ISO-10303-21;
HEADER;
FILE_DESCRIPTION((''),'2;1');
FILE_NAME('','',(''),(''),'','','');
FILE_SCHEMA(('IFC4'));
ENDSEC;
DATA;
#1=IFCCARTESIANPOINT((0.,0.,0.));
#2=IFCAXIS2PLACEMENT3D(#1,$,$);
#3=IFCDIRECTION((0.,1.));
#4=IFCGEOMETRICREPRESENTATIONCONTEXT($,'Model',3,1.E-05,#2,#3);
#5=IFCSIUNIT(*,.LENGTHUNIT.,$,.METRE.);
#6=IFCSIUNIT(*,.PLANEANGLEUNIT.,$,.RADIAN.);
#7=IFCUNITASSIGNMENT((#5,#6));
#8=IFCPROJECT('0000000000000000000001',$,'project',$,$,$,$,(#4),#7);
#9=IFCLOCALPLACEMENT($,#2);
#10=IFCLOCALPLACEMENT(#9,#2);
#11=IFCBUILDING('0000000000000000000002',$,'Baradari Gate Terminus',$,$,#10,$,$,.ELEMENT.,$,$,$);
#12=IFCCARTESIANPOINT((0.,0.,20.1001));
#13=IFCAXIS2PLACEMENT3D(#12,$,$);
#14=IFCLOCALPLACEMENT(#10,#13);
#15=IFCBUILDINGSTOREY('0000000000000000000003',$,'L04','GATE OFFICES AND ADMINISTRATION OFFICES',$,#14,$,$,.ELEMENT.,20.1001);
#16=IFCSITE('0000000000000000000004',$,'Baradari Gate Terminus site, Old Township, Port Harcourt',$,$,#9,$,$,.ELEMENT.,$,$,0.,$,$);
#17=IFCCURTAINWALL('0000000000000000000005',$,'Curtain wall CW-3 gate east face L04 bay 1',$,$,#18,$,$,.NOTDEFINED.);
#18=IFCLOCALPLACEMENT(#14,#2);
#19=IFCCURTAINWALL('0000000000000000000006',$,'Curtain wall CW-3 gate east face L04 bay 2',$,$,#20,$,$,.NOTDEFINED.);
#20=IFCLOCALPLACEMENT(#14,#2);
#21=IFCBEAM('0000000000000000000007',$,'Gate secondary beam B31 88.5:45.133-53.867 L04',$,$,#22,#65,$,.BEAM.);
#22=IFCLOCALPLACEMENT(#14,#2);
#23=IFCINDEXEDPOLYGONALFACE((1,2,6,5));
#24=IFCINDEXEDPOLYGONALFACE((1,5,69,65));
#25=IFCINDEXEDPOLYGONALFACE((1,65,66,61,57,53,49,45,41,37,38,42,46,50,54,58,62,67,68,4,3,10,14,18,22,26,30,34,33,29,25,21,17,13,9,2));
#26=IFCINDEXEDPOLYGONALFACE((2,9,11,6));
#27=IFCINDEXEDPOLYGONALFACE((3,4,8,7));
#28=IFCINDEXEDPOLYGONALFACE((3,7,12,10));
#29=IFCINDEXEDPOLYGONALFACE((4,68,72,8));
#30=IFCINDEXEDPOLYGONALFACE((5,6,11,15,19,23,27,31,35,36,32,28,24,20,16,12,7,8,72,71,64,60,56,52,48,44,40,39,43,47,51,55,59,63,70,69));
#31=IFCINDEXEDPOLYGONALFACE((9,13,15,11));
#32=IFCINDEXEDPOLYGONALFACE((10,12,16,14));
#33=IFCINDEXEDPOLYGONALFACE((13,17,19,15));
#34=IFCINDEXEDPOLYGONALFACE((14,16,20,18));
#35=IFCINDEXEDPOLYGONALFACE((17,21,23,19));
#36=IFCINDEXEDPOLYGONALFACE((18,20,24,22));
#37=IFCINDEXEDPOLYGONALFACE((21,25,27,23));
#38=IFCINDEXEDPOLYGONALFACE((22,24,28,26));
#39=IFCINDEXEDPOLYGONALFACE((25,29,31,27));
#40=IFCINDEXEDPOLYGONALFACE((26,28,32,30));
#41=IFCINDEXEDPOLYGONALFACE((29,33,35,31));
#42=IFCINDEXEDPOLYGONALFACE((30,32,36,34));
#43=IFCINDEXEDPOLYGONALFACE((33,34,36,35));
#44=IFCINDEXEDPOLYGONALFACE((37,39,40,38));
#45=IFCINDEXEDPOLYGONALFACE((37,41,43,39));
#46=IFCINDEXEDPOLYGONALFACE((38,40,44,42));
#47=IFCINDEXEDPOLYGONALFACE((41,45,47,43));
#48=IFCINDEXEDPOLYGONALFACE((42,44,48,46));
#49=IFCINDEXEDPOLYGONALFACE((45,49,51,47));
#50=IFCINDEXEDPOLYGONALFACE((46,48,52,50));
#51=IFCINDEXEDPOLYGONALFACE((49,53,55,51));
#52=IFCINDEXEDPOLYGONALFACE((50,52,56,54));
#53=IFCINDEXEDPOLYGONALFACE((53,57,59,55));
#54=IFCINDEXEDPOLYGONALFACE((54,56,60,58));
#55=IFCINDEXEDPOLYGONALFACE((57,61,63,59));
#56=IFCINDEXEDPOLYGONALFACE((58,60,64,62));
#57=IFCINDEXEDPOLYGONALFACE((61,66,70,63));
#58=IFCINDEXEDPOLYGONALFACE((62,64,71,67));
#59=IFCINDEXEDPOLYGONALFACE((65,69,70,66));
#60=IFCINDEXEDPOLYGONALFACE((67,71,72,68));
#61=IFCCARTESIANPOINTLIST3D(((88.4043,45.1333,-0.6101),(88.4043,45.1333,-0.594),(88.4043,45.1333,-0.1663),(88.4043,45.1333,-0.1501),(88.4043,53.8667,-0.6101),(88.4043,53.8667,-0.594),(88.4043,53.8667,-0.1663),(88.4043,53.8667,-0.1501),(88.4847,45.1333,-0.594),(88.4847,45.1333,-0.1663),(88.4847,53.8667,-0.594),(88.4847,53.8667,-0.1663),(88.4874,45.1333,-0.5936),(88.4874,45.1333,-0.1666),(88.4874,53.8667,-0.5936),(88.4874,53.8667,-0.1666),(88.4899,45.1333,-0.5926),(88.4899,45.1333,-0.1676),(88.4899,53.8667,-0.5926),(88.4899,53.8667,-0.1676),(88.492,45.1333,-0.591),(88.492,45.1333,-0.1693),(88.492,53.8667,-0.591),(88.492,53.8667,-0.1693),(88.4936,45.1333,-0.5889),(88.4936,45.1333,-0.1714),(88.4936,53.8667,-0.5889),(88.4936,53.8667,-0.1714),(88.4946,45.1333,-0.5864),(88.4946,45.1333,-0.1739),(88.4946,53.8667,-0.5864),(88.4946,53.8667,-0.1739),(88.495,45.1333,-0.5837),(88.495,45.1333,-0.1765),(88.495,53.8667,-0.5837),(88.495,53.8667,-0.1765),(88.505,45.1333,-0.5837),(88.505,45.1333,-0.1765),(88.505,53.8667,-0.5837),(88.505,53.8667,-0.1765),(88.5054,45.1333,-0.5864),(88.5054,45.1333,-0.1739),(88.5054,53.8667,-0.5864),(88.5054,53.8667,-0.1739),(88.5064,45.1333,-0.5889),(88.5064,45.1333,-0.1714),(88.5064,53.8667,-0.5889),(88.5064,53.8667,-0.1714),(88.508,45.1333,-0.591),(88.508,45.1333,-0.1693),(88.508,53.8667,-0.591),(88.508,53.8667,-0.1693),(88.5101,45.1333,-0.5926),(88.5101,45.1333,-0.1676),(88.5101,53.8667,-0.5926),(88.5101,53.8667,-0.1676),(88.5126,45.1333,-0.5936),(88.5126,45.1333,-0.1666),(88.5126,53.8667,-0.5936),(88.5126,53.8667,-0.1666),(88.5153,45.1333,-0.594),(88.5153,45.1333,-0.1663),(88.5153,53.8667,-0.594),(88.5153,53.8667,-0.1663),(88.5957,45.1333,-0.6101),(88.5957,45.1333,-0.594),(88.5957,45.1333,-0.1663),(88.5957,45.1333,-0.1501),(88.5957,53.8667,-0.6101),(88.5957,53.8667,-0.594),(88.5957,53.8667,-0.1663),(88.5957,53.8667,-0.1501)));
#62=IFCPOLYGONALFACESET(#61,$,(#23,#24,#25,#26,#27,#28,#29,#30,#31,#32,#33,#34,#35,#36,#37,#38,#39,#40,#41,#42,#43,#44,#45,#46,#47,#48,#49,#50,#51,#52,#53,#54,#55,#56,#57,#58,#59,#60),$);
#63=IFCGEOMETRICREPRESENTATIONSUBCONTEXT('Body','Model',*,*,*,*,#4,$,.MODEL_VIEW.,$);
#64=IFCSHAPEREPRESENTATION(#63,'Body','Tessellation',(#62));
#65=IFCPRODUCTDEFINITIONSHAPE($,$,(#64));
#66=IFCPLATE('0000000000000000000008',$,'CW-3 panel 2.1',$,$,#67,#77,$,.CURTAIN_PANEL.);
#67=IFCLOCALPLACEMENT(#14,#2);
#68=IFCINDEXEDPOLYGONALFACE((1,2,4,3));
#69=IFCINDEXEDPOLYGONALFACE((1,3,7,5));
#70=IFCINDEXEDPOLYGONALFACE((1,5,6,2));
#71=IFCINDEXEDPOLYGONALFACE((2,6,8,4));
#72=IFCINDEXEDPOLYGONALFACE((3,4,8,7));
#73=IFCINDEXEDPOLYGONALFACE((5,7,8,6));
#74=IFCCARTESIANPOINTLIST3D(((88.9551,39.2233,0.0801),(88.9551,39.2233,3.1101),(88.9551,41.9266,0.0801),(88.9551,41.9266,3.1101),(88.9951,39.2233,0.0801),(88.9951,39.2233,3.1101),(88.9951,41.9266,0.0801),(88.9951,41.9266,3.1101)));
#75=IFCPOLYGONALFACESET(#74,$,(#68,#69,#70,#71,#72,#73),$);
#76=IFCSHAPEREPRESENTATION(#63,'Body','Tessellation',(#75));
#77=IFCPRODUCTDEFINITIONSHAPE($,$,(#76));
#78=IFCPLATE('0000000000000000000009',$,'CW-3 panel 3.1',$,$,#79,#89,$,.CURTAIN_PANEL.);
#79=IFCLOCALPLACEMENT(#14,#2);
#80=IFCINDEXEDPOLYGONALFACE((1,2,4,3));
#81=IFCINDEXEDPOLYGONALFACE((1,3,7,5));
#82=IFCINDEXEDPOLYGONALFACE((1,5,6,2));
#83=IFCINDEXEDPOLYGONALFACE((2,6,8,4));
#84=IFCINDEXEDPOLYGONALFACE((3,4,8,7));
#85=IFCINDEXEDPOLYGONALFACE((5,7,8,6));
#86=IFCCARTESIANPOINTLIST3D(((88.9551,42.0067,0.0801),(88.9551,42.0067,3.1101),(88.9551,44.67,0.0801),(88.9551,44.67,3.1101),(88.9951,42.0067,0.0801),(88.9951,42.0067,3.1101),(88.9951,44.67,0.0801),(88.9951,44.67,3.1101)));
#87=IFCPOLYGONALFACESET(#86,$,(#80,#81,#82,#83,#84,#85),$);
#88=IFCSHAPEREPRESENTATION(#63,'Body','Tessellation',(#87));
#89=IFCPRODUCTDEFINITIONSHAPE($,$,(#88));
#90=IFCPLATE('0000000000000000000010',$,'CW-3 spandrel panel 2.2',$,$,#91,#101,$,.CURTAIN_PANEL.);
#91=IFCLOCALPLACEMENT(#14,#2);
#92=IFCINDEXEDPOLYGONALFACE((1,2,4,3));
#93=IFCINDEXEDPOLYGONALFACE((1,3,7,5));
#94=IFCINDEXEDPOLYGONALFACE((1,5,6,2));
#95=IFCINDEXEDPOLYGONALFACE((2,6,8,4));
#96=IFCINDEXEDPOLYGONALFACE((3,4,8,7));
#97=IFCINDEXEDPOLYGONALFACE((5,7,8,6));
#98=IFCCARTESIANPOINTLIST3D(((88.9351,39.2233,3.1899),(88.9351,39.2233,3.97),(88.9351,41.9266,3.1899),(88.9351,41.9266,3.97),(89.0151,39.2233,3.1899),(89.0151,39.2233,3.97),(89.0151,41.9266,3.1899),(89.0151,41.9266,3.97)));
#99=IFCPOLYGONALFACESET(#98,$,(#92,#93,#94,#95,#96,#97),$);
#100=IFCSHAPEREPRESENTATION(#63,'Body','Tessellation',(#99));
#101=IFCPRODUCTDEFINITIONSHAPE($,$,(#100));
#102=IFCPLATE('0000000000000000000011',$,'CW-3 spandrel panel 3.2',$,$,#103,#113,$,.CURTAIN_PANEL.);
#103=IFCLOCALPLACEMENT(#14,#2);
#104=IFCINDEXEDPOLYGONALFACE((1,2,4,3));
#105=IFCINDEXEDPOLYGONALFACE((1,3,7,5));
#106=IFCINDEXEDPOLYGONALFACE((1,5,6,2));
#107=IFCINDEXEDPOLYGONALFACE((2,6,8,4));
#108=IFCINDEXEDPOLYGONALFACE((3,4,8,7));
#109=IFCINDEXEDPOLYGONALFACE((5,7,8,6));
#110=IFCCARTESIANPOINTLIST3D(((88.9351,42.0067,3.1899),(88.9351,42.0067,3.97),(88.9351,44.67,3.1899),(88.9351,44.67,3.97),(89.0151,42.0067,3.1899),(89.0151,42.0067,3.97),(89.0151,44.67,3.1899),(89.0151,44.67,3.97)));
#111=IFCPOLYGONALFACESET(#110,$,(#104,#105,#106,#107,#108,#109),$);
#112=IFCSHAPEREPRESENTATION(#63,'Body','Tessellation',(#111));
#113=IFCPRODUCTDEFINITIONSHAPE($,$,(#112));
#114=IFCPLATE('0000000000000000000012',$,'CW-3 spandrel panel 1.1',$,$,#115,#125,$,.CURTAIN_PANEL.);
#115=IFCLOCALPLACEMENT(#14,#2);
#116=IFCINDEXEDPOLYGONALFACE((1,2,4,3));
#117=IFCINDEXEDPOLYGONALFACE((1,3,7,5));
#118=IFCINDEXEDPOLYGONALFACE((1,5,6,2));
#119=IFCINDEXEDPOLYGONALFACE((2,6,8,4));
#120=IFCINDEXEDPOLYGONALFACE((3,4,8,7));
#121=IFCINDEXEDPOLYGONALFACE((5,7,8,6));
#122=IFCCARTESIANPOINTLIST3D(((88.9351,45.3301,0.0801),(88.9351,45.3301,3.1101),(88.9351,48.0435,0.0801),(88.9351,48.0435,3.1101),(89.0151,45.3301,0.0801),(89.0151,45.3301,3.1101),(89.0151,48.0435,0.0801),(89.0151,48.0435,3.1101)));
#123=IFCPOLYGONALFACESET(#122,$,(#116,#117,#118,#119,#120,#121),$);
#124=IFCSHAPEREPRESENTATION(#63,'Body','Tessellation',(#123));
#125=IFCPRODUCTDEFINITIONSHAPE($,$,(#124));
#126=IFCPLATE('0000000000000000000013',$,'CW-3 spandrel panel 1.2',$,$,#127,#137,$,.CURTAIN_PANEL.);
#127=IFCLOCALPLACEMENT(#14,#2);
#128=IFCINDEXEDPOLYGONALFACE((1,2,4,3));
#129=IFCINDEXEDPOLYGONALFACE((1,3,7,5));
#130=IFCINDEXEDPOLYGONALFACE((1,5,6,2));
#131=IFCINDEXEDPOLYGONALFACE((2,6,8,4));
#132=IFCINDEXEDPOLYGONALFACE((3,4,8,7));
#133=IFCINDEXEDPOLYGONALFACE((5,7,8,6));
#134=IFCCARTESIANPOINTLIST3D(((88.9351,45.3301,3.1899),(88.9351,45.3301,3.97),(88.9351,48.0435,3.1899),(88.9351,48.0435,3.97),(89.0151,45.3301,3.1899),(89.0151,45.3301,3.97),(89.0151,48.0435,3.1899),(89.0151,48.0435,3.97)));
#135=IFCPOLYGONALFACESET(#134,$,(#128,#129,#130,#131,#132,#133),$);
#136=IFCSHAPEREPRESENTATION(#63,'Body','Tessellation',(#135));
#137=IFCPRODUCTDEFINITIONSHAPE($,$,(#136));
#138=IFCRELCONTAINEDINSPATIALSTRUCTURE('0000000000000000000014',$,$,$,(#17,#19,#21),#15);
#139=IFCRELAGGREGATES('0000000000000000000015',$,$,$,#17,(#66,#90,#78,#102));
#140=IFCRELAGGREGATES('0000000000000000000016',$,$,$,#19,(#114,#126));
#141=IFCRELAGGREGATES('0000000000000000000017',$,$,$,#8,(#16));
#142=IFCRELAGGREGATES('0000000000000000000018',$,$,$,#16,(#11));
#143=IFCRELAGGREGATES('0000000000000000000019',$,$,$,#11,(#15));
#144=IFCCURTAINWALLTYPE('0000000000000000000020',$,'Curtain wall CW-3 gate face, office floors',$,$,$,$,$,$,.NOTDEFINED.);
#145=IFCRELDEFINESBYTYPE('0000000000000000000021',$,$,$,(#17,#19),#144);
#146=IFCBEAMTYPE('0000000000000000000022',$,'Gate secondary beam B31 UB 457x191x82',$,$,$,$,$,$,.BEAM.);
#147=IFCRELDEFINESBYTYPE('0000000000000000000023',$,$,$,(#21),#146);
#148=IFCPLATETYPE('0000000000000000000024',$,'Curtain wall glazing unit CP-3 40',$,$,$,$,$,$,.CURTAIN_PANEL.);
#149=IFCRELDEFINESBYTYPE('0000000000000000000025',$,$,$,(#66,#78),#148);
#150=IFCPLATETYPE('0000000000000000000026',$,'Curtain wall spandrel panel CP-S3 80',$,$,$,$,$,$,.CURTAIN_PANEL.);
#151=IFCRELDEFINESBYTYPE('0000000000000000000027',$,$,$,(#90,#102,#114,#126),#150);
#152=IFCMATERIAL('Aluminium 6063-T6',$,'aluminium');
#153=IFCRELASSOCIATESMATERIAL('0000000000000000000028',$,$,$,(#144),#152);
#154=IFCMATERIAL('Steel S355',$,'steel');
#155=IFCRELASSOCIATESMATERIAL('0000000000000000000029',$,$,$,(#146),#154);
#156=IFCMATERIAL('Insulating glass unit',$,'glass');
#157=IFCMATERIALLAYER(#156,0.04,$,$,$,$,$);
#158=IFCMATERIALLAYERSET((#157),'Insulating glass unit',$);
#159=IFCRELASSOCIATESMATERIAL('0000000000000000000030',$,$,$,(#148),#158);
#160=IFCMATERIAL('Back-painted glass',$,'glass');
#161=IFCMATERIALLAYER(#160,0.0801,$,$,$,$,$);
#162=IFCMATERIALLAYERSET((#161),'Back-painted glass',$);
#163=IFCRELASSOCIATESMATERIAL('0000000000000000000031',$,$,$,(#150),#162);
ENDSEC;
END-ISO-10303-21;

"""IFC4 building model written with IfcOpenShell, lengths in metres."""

from ifc_helpers import new_model, si_unit, direction, frame, origin, origin_2d, place, context, subcontext, project, spatial, rectangle, i_section, extrude, material, layer, layer_set, material_profile, profile_set, type_object, element, aggregate, save


model = new_model("IFC4")

# Units and contexts
model_context = context("Model", 3, precision=1e-05, world=origin(), true_north=direction((0.0, 1.0)))
body_context = subcontext(model_context, "Body", "Model", "MODEL_VIEW")
ifc_project = project(units=[si_unit("LENGTHUNIT", "METRE"), si_unit("PLANEANGLEUNIT", "RADIAN")], contexts=[model_context])

# Site, building, storey
site_placement = place(None, origin())
site = spatial("IfcSite", under=ifc_project, at=site_placement, Name="Baradari Gate Terminus site, Old Township, Port Harcourt", CompositionType="ELEMENT", RefElevation=0.0)
building_placement = place(site_placement, origin())
building = spatial("IfcBuilding", under=site, at=building_placement, Name="Baradari Gate Terminus", CompositionType="ELEMENT")
storey_placement = place(building_placement, frame((0.0, 0.0, 20.1001)))
storey = spatial("IfcBuildingStorey", under=building, at=storey_placement, Name="L04", Description="GATE OFFICES AND ADMINISTRATION OFFICES", CompositionType="ELEMENT", Elevation=20.1001)

# Curtain wall
ifc_material_1 = material(Name="Aluminium 6063-T6", Category="aluminium")
curtain_wall_type = type_object("IfcCurtainWallType", Name="Curtain wall CW-3 gate face, office floors", PredefinedType="NOTDEFINED", material=ifc_material_1)
curtain_wall_1_placement = place(storey_placement, origin())
curtain_wall_1 = element("IfcCurtainWall", 1, at=curtain_wall_1_placement, inside=storey, type_object=curtain_wall_type, Name="Curtain wall CW-3 gate east face L04 bay 1", PredefinedType="NOTDEFINED")

# Curtain wall
curtain_wall_2_placement = place(storey_placement, origin())
curtain_wall_2 = element("IfcCurtainWall", 2, at=curtain_wall_2_placement, inside=storey, type_object=curtain_wall_type, Name="Curtain wall CW-3 gate east face L04 bay 2", PredefinedType="NOTDEFINED")

# Beam
ifc_material_2 = material(Name="Steel S355", Category="steel")
ifc_material_profile_1 = material_profile(ifc_material_2, i_section(OverallWidth=0.1914, OverallDepth=0.46, WebThickness=0.01, FlangeThickness=0.0161, FilletRadius=0.0103, at=origin_2d()), Name="UB 457x191x82")
ifc_profile_set_1 = profile_set([ifc_material_profile_1], Name="Steel S355")
beam_type_1 = type_object("IfcBeamType", Name="Gate secondary beam B31 UB 457x191x82", PredefinedType="BEAM", material=ifc_profile_set_1)
for number, where, z_axis, x_axis, name in (
    (3, (88.5, 45.1333, -0.3801), (0.0, 1.0, 0.0), (-1.0, 0.0, 0.0), "Gate secondary beam B31 88.5:45.133-53.867 L04"),
):
    element("IfcBeam", number, at=place(storey_placement, frame(where, z_axis=z_axis, x_axis=x_axis)), inside=storey, type_object=beam_type_1, Name=name, PredefinedType="BEAM", context=body_context, shape_type="SweptSolid", body=[
        extrude(i_section(OverallWidth=0.1914, OverallDepth=0.46, WebThickness=0.01, FlangeThickness=0.0161, FilletRadius=0.0103, at=origin_2d()), origin(), (0.0, 0.0, 1.0), 8.7334),
    ])

# Plates
ifc_material_3 = material(Name="Insulating glass unit", Category="glass")
ifc_layer_1 = layer(ifc_material_3, 0.04)
ifc_layer_set_1 = layer_set([ifc_layer_1], Name="Insulating glass unit")
plate_type_1 = type_object("IfcPlateType", Name="Curtain wall glazing unit CP-3 40", PredefinedType="CURTAIN_PANEL", material=ifc_layer_set_1)
plate_1_placement = place(storey_placement, frame((88.9751, 40.575, 0.0801), z_axis=(0.0, 0.0, 1.0), x_axis=(0.0, 1.0, 0.0)))
plate_1 = element("IfcPlate", 4, at=plate_1_placement, type_object=plate_type_1, Name="CW-3 panel 2.1", PredefinedType="CURTAIN_PANEL", context=body_context, shape_type="SweptSolid", body=[
    extrude(rectangle(XDim=2.7034, YDim=0.04, at=origin_2d()), origin(), (0.0, 0.0, 1.0), 3.03),
])
plate_2_placement = place(storey_placement, frame((88.9751, 43.3384, 0.0801), z_axis=(0.0, 0.0, 1.0), x_axis=(0.0, 1.0, 0.0)))
plate_2 = element("IfcPlate", 5, at=plate_2_placement, type_object=plate_type_1, Name="CW-3 panel 3.1", PredefinedType="CURTAIN_PANEL", context=body_context, shape_type="SweptSolid", body=[
    extrude(rectangle(XDim=2.6633, YDim=0.04, at=origin_2d()), origin(), (0.0, 0.0, 1.0), 3.03),
])
ifc_material_4 = material(Name="Back-painted glass", Category="glass")
ifc_layer_2 = layer(ifc_material_4, 0.0801)
ifc_layer_set_2 = layer_set([ifc_layer_2], Name="Back-painted glass")
plate_type_2 = type_object("IfcPlateType", Name="Curtain wall spandrel panel CP-S3 80", PredefinedType="CURTAIN_PANEL", material=ifc_layer_set_2)
plate_3_placement = place(storey_placement, frame((88.9751, 40.575, 3.1899), z_axis=(0.0, 0.0, 1.0), x_axis=(0.0, 1.0, 0.0)))
plate_3 = element("IfcPlate", 6, at=plate_3_placement, type_object=plate_type_2, Name="CW-3 spandrel panel 2.2", PredefinedType="CURTAIN_PANEL", context=body_context, shape_type="SweptSolid", body=[
    extrude(rectangle(XDim=2.7034, YDim=0.0801, at=origin_2d()), origin(), (0.0, 0.0, 1.0), 0.78),
])
plate_4_placement = place(storey_placement, frame((88.9751, 43.3384, 3.1899), z_axis=(0.0, 0.0, 1.0), x_axis=(0.0, 1.0, 0.0)))
plate_4 = element("IfcPlate", 7, at=plate_4_placement, type_object=plate_type_2, Name="CW-3 spandrel panel 3.2", PredefinedType="CURTAIN_PANEL", context=body_context, shape_type="SweptSolid", body=[
    extrude(rectangle(XDim=2.6633, YDim=0.0801, at=origin_2d()), origin(), (0.0, 0.0, 1.0), 0.78),
])
aggregate(curtain_wall_1, [plate_1, plate_3, plate_2, plate_4])
plate_5_placement = place(storey_placement, frame((88.9751, 46.6868, 0.0801), z_axis=(0.0, 0.0, 1.0), x_axis=(0.0, 1.0, 0.0)))
plate_5 = element("IfcPlate", 8, at=plate_5_placement, type_object=plate_type_2, Name="CW-3 spandrel panel 1.1", PredefinedType="CURTAIN_PANEL", context=body_context, shape_type="SweptSolid", body=[
    extrude(rectangle(XDim=2.7134, YDim=0.0801, at=origin_2d()), origin(), (0.0, 0.0, 1.0), 3.03),
])
plate_6_placement = place(storey_placement, frame((88.9751, 46.6868, 3.1899), z_axis=(0.0, 0.0, 1.0), x_axis=(0.0, 1.0, 0.0)))
plate_6 = element("IfcPlate", 9, at=plate_6_placement, type_object=plate_type_2, Name="CW-3 spandrel panel 1.2", PredefinedType="CURTAIN_PANEL", context=body_context, shape_type="SweptSolid", body=[
    extrude(rectangle(XDim=2.7134, YDim=0.0801, at=origin_2d()), origin(), (0.0, 0.0, 1.0), 0.78),
])
aggregate(curtain_wall_2, [plate_5, plate_6])

save(model, "model.ifc")
